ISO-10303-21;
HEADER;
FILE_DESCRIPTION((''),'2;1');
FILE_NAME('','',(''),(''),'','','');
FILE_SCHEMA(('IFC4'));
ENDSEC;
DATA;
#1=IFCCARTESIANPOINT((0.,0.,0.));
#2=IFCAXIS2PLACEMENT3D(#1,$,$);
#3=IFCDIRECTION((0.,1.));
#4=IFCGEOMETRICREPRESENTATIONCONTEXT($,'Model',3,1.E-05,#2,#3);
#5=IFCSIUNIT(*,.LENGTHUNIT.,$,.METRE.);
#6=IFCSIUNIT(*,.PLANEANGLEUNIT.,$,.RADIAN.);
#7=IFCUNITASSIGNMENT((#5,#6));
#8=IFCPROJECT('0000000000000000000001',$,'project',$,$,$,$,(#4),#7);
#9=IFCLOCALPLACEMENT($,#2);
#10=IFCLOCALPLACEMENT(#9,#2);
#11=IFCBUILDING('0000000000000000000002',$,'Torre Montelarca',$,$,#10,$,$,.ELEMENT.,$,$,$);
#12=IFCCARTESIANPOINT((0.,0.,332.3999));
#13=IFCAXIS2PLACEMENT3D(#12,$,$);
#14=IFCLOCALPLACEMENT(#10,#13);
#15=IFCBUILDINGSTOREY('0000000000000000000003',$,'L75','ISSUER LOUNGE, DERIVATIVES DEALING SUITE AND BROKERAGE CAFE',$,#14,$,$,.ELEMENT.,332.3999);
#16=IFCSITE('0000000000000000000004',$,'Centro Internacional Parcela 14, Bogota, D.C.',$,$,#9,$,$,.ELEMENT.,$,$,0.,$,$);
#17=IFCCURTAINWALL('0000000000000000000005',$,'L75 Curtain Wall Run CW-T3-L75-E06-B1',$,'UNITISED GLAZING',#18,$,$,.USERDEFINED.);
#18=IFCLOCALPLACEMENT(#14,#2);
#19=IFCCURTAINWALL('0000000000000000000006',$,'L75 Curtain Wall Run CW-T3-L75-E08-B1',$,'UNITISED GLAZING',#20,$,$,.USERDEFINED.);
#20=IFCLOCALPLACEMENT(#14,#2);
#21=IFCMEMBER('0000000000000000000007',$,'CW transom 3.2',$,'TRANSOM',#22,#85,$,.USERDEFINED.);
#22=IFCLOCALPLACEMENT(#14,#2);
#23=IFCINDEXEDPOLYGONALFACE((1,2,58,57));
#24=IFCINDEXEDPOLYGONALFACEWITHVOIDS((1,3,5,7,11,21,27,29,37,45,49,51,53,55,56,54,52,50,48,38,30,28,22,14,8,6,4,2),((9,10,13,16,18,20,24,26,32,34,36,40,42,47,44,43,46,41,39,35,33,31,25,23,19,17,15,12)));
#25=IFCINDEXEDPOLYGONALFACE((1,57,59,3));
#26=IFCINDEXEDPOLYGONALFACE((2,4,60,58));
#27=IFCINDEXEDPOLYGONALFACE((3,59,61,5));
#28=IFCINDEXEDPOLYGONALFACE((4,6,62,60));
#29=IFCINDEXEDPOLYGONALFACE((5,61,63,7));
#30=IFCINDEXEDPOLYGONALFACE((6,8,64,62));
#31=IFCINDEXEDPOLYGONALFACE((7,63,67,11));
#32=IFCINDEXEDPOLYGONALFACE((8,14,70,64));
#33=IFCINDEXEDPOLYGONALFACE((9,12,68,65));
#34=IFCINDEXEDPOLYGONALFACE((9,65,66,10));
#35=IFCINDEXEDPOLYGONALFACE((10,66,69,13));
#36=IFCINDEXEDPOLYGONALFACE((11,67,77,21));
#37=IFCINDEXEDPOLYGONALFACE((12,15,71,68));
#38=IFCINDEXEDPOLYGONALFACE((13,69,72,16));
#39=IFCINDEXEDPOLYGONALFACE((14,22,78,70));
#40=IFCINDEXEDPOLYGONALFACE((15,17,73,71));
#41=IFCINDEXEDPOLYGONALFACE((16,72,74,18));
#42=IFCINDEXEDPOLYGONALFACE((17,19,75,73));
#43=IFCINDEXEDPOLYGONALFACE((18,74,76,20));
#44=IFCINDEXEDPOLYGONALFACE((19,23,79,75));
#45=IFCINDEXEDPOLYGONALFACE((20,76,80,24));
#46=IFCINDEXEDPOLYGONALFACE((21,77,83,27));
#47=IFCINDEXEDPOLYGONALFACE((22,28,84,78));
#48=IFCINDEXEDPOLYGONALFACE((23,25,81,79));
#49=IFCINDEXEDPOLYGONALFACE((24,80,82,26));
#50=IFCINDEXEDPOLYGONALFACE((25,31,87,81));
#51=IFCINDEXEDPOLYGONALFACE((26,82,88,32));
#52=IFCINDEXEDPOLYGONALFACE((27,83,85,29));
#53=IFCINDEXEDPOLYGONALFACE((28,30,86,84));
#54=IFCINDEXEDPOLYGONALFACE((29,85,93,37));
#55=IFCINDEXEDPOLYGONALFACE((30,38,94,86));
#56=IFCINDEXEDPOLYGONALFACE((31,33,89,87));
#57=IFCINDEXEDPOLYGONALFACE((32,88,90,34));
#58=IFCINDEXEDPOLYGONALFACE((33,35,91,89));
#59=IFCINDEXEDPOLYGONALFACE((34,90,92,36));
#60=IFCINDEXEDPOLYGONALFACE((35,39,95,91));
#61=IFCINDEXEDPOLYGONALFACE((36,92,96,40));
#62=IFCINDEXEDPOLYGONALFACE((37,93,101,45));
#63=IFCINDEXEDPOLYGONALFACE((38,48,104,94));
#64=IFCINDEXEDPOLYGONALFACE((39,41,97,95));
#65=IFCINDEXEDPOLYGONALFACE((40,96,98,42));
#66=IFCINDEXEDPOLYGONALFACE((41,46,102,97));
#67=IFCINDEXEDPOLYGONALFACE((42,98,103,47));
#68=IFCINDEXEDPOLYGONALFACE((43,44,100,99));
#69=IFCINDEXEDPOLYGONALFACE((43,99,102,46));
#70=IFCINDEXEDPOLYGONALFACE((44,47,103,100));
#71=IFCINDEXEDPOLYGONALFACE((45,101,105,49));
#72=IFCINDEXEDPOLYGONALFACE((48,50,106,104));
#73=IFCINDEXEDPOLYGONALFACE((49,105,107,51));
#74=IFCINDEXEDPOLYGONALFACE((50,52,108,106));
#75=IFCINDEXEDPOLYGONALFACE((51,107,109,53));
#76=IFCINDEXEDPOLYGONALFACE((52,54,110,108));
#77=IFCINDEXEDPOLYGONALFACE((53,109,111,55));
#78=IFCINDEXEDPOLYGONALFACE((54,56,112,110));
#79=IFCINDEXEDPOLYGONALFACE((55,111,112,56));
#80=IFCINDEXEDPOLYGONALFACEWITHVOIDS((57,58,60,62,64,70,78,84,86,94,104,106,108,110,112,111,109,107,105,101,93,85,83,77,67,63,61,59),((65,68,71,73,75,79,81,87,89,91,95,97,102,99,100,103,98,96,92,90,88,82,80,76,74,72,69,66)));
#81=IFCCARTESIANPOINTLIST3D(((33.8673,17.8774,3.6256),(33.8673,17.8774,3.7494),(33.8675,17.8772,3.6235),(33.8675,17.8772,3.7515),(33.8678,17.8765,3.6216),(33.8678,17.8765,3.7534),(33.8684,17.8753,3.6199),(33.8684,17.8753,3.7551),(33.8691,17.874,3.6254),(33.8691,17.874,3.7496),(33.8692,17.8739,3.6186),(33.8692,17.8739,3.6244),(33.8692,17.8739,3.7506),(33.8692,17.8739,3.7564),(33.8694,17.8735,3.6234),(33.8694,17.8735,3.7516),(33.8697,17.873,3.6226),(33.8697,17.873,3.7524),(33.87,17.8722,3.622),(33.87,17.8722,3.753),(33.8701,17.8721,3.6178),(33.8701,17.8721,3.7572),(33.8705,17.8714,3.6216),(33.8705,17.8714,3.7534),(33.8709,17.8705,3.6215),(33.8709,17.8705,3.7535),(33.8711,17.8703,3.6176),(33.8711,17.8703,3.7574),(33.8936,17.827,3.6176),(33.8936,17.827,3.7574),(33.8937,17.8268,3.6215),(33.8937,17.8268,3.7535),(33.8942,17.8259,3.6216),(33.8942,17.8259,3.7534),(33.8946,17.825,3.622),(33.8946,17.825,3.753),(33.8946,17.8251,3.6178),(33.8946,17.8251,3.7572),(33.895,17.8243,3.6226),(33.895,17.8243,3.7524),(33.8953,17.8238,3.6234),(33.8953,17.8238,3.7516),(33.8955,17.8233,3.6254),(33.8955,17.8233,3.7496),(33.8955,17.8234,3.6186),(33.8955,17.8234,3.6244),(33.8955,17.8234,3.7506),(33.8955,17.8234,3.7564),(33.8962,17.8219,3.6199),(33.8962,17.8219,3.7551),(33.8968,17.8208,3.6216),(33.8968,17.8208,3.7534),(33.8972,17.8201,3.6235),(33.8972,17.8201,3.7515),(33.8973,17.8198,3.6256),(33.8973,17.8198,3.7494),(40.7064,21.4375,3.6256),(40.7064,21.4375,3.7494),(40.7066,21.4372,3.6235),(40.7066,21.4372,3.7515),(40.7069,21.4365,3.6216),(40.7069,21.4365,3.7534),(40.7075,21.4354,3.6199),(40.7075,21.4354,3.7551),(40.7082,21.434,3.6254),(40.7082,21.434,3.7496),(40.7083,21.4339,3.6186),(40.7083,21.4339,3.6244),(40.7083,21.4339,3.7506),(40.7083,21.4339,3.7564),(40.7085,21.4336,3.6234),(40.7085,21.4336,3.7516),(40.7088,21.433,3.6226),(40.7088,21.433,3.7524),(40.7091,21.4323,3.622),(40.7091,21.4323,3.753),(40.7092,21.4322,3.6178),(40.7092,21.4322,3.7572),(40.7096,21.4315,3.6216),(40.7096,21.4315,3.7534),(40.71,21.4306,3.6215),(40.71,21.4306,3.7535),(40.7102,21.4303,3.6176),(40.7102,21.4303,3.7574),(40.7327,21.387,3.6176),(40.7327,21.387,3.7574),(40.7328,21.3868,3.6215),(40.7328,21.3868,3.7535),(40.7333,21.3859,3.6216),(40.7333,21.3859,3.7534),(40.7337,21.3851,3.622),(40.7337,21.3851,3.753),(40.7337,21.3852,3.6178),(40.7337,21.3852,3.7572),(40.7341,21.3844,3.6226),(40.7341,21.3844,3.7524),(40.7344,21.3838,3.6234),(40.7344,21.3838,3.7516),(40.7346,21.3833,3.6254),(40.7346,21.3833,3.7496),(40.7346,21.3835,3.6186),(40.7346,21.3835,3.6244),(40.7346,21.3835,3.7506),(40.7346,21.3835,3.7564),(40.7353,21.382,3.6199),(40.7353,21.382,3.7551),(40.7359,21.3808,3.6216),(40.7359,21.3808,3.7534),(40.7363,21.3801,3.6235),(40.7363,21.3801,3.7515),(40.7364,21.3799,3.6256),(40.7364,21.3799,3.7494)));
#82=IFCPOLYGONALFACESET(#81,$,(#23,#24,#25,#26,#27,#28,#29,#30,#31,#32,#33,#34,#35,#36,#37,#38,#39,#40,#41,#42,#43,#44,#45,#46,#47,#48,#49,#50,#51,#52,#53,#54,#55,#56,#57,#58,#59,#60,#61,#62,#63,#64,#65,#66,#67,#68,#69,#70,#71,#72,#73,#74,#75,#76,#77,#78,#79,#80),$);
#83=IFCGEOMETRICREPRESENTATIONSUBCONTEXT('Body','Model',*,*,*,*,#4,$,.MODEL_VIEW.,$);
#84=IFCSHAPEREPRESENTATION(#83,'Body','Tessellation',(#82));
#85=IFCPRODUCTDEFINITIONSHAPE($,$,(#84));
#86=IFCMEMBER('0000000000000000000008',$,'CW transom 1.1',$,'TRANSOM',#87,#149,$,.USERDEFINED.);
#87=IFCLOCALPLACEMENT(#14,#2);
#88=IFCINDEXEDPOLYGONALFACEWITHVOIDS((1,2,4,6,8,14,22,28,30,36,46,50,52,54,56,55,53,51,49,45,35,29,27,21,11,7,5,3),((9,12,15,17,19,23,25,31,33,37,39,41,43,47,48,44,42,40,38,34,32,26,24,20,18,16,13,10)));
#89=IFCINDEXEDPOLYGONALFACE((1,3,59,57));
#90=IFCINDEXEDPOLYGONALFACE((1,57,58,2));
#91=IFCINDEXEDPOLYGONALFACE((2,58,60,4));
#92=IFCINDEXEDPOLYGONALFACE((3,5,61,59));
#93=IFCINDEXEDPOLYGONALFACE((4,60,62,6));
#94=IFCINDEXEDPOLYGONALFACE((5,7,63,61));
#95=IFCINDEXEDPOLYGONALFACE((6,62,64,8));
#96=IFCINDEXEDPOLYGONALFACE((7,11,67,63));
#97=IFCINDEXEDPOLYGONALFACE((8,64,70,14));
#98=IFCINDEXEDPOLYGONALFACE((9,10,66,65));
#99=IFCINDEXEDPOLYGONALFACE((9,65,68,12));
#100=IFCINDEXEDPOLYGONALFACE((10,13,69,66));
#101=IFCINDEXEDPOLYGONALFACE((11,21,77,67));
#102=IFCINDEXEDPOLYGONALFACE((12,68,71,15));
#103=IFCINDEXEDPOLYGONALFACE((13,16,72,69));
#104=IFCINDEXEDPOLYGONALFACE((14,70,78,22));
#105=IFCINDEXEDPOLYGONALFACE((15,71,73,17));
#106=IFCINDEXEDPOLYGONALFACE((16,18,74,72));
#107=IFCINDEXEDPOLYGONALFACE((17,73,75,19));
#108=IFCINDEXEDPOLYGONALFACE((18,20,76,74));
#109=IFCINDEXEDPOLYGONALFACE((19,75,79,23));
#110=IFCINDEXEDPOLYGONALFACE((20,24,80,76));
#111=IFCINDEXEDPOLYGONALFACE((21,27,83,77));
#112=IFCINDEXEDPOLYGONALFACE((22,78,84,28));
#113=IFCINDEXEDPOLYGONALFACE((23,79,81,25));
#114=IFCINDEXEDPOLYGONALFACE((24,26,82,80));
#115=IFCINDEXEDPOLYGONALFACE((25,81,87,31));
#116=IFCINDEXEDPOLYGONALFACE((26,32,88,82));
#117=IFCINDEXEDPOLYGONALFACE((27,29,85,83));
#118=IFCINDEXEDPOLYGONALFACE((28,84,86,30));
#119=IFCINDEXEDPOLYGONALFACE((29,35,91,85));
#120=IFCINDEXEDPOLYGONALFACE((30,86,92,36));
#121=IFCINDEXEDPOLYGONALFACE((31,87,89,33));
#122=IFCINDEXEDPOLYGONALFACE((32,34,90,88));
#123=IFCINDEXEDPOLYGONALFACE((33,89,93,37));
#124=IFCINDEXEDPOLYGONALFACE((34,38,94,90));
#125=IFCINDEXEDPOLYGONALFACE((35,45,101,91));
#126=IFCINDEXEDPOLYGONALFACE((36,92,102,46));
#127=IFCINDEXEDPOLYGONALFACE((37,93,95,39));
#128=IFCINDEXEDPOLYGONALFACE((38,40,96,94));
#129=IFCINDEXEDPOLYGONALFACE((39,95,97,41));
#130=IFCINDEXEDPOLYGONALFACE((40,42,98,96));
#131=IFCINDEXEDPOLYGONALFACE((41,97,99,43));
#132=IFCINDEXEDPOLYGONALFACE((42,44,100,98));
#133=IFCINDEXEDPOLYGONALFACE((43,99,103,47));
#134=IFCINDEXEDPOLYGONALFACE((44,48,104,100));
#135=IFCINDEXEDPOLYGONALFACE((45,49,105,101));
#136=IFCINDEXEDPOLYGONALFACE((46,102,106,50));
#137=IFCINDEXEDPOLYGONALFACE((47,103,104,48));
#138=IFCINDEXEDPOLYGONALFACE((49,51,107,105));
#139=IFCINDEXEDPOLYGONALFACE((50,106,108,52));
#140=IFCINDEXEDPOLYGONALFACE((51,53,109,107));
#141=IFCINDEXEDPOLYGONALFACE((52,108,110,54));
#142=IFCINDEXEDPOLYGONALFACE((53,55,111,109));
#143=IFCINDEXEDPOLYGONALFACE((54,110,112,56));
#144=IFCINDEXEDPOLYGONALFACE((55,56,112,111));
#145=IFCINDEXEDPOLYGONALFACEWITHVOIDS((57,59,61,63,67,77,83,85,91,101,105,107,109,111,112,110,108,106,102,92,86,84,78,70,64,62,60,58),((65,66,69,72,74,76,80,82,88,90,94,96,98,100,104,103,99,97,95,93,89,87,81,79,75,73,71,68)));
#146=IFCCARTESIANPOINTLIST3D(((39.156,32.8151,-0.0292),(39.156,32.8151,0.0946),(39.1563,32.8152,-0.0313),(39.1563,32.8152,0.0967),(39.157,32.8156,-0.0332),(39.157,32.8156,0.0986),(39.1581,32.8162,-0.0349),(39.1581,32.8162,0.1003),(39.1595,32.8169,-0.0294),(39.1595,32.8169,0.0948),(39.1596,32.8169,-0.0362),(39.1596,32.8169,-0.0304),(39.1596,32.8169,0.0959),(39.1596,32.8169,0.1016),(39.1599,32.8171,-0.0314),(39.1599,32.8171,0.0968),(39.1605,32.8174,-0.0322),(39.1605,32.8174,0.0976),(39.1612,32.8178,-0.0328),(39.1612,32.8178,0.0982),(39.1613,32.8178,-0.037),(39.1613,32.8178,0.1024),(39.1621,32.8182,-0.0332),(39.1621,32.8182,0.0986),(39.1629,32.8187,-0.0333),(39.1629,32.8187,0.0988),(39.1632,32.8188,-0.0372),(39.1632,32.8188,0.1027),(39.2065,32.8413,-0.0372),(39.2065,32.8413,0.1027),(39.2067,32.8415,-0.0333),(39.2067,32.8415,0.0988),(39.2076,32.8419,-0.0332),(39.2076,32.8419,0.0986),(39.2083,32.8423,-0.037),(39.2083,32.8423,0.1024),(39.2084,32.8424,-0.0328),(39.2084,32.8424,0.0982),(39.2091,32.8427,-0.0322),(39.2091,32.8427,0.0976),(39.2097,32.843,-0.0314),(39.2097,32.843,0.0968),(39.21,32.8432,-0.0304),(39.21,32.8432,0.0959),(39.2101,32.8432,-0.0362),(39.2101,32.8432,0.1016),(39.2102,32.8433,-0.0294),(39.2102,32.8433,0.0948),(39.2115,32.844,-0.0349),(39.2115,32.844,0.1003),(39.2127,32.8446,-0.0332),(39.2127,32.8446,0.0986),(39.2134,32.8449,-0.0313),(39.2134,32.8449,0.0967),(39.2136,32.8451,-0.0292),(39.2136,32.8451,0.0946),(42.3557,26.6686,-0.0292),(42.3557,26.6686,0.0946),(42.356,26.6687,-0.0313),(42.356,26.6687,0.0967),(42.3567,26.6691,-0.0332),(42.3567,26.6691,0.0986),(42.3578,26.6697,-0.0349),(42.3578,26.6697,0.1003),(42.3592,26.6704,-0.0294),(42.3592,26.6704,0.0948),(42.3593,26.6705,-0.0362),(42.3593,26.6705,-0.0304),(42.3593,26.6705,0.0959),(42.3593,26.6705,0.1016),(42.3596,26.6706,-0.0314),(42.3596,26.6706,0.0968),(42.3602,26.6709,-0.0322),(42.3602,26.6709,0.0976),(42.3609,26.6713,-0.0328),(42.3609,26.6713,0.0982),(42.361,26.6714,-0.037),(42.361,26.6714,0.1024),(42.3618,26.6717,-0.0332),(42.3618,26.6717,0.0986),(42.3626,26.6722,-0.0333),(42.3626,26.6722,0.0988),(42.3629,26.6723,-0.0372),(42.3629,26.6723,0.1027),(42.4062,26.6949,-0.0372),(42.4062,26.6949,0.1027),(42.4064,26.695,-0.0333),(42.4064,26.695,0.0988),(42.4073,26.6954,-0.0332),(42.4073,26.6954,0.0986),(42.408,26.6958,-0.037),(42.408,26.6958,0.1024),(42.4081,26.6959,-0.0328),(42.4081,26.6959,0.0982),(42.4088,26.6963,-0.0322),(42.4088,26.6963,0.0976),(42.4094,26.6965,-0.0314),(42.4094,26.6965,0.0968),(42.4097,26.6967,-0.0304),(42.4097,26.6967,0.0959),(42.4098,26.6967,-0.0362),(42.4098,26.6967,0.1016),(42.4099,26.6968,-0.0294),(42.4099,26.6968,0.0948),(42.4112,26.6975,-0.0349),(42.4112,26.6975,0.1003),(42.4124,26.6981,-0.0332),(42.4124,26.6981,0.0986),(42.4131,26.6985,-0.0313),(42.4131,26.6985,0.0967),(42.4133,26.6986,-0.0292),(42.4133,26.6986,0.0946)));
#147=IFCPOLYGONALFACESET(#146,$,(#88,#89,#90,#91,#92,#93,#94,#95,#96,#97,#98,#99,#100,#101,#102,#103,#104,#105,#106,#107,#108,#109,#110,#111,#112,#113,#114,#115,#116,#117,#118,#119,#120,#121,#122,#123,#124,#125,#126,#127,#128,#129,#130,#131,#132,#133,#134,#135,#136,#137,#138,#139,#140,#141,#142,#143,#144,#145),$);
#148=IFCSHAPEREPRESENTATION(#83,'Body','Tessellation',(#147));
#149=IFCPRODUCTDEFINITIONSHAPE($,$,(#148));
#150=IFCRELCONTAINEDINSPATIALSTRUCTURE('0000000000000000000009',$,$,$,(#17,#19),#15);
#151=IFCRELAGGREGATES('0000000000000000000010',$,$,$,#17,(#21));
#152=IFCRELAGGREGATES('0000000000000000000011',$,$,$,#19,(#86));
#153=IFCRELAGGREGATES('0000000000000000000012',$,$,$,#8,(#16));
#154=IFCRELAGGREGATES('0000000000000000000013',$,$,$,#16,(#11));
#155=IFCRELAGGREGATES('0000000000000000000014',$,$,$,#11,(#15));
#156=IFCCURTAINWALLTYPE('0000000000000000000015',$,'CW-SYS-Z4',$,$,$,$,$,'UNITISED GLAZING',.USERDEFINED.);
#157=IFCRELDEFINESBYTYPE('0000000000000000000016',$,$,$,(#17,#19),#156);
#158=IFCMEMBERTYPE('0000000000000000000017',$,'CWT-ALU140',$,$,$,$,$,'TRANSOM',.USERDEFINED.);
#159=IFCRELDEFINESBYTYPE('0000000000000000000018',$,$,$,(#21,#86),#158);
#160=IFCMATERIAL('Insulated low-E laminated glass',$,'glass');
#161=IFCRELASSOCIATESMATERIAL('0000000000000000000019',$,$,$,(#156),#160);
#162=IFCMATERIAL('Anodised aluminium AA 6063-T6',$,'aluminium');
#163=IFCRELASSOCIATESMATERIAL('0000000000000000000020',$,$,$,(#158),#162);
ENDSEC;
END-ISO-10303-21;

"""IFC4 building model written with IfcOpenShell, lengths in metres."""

from ifc_helpers import new_model, si_unit, direction, frame, origin, origin_2d, place, context, subcontext, project, spatial, hollow_rectangle, extrude, source, transform, mapped, material, material_profile, profile_set, type_object, element, aggregate, save


model = new_model("IFC4")

# Units and contexts
model_context = context("Model", 3, precision=1e-05, world=origin(), true_north=direction((0.0, 1.0)))
body_context = subcontext(model_context, "Body", "Model", "MODEL_VIEW")
ifc_project = project(units=[si_unit("LENGTHUNIT", "METRE"), si_unit("PLANEANGLEUNIT", "RADIAN")], contexts=[model_context])

# Site, building, storey
site_placement = place(None, origin())
site = spatial("IfcSite", under=ifc_project, at=site_placement, Name="Centro Internacional Parcela 14, Bogota, D.C.", CompositionType="ELEMENT", RefElevation=0.0)
building_placement = place(site_placement, origin())
building = spatial("IfcBuilding", under=site, at=building_placement, Name="Torre Montelarca", CompositionType="ELEMENT")
storey_placement = place(building_placement, frame((0.0, 0.0, 332.3999)))
storey = spatial("IfcBuildingStorey", under=building, at=storey_placement, Name="L75", Description="ISSUER LOUNGE, DERIVATIVES DEALING SUITE AND BROKERAGE CAFE", CompositionType="ELEMENT", Elevation=332.3999)

# Curtain wall
ifc_material_1 = material(Name="Insulated low-E laminated glass", Category="glass")
curtain_wall_type = type_object("IfcCurtainWallType", Name="CW-SYS-Z4", ElementType="UNITISED GLAZING", PredefinedType="USERDEFINED", material=ifc_material_1)
curtain_wall_1_placement = place(storey_placement, origin())
curtain_wall_1 = element("IfcCurtainWall", 1, at=curtain_wall_1_placement, inside=storey, type_object=curtain_wall_type, Name="L75 Curtain Wall Run CW-T3-L75-E06-B1", ObjectType="UNITISED GLAZING", PredefinedType="USERDEFINED")
ifc_material_2 = material(Name="Anodised aluminium AA 6063-T6", Category="aluminium")

# Curtain wall
curtain_wall_2_placement = place(storey_placement, origin())
curtain_wall_2 = element("IfcCurtainWall", 2, at=curtain_wall_2_placement, inside=storey, type_object=curtain_wall_type, Name="L75 Curtain Wall Run CW-T3-L75-E08-B1", ObjectType="UNITISED GLAZING", PredefinedType="USERDEFINED")

# Members
ifc_material_profile_1 = material_profile(ifc_material_2, hollow_rectangle(XDim=0.0649, YDim=0.1399, WallThickness=0.0039, InnerFilletRadius=0.0039, OuterFilletRadius=0.0081, at=origin_2d()), Name="ALU65X140X4", Category="aluminium")
ifc_profile_set_1 = profile_set([ifc_material_profile_1], Name="Anodised aluminium AA 6063-T6")
member_type_1 = type_object("IfcMemberType", Name="CWT-ALU140", ElementType="TRANSOM", PredefinedType="USERDEFINED", material=ifc_profile_set_1)
shared_shape_1 = source(origin(), body_context, "Body", "SweptSolid", [
    extrude(hollow_rectangle(XDim=0.0649, YDim=0.1399, WallThickness=0.0039, InnerFilletRadius=0.0039, OuterFilletRadius=0.0081, at=origin_2d()), origin(), (0.0, 0.0, 1.0), 7.7102),
])
member_1_placement = place(storey_placement, frame((33.8823, 17.8486, 3.6875), z_axis=(0.887019, 0.461733, 0.0), x_axis=(-0.461733, 0.887019, 0.0)))
member_1 = element("IfcMember", 3, at=member_1_placement, type_object=member_type_1, Name="CW transom 3.2", ObjectType="TRANSOM", PredefinedType="USERDEFINED", context=body_context, shape_type="MappedRepresentation", body=[
    mapped(shared_shape_1, transform((0.0, 0.0, 0.0), scale=1.0)),
])
shared_shape_2 = source(origin(), body_context, "Body", "SweptSolid", [
    extrude(hollow_rectangle(XDim=0.0649, YDim=0.1399, WallThickness=0.0039, InnerFilletRadius=0.0039, OuterFilletRadius=0.0081, at=origin_2d()), origin(), (0.0, 0.0, 1.0), 6.9294),
])
member_2_placement = place(storey_placement, frame((42.3845, 26.6836, 0.0327), z_axis=(-0.461754, 0.887008, 0.0), x_axis=(-0.887008, -0.461754, 0.0)))
member_2 = element("IfcMember", 4, at=member_2_placement, type_object=member_type_1, Name="CW transom 1.1", ObjectType="TRANSOM", PredefinedType="USERDEFINED", context=body_context, shape_type="MappedRepresentation", body=[
    mapped(shared_shape_2, transform((0.0, 0.0, 0.0), scale=1.0)),
])

aggregate(curtain_wall_1, [member_1])
aggregate(curtain_wall_2, [member_2])

save(model, "model.ifc")
